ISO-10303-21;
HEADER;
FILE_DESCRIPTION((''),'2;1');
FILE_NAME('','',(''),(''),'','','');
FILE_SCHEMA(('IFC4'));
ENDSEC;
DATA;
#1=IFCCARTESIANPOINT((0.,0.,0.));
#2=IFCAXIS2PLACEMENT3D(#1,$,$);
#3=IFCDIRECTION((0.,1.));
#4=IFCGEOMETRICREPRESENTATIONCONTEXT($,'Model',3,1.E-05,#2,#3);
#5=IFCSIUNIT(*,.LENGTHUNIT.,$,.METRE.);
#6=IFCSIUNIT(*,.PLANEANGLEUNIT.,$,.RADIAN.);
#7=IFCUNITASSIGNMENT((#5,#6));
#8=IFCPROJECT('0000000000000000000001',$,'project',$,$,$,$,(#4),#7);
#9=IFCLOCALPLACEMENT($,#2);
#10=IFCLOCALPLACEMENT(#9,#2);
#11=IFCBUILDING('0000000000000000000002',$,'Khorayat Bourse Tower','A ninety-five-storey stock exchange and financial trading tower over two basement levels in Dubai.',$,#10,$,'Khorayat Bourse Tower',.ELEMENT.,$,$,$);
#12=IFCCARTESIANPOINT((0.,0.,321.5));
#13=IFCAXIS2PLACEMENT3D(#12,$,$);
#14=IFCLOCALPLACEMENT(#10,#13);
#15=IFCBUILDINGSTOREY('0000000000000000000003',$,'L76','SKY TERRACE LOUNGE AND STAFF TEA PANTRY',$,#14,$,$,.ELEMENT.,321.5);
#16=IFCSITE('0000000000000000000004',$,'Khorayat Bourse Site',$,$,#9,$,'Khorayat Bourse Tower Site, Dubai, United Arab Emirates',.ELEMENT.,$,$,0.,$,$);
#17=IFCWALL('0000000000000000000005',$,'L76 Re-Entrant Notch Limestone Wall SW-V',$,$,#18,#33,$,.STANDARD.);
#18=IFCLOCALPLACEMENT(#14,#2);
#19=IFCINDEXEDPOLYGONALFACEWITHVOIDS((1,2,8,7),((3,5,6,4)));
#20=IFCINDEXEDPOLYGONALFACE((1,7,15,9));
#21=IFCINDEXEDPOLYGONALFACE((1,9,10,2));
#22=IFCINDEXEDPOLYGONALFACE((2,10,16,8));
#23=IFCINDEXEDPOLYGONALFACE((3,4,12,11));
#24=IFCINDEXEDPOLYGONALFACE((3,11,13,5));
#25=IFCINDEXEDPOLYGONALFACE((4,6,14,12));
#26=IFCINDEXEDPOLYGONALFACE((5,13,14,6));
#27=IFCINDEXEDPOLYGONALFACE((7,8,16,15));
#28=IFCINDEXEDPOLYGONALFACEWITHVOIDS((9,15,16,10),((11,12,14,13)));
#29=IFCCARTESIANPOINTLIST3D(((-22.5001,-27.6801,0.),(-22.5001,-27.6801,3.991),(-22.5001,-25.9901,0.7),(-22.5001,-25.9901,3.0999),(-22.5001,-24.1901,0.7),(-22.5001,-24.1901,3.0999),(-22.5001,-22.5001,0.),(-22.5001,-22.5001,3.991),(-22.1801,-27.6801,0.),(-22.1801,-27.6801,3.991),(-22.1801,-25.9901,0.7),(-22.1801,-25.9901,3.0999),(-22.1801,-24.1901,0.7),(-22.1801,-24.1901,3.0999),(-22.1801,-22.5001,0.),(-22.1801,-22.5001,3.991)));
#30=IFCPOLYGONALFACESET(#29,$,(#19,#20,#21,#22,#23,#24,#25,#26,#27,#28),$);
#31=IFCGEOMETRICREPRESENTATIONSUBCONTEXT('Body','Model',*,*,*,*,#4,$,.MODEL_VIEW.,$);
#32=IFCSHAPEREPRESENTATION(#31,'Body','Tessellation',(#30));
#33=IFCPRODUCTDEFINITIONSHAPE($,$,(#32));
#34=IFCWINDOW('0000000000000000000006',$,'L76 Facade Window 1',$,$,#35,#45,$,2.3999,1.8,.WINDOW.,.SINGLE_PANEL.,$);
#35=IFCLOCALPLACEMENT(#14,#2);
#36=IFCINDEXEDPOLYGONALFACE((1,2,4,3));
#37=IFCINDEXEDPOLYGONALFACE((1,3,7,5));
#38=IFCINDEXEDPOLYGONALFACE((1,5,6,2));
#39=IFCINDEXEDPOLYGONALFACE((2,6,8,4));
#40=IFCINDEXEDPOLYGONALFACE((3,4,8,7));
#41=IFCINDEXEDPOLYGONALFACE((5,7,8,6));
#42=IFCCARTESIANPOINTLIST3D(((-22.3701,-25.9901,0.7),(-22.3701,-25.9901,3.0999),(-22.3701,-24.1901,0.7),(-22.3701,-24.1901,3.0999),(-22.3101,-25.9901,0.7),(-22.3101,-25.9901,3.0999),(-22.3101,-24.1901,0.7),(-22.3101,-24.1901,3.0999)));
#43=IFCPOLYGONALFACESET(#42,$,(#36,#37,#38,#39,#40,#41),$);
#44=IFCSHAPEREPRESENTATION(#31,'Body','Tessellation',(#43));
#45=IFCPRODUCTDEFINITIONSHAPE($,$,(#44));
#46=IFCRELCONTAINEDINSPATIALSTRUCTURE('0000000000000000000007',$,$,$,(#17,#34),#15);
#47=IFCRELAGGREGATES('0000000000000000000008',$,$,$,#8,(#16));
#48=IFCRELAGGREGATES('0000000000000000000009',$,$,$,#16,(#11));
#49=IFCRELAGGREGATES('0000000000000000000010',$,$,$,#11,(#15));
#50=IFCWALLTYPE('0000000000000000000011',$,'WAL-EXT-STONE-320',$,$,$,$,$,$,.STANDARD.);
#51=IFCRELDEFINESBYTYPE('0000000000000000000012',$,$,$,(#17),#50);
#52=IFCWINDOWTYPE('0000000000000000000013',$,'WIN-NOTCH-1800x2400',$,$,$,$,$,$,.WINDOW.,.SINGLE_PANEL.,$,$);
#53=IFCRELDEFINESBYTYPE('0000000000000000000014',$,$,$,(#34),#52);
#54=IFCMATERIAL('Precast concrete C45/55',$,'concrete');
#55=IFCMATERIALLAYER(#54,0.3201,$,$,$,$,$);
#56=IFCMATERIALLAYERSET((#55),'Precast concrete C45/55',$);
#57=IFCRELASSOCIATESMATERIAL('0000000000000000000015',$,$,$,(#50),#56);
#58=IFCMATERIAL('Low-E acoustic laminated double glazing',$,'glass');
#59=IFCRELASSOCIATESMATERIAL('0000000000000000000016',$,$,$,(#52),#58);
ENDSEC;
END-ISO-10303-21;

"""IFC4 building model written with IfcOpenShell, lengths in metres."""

from ifc_helpers import new_model, si_unit, direction, frame, frame_2d, origin, place, context, subcontext, project, spatial, rectangle, extrude, source, transform, mapped, material, layer, layer_set, type_object, element, fill, save


model = new_model("IFC4")

# Units and contexts
model_context = context("Model", 3, precision=1e-05, world=origin(), true_north=direction((0.0, 1.0)))
body_context = subcontext(model_context, "Body", "Model", "MODEL_VIEW")
ifc_project = project(units=[si_unit("LENGTHUNIT", "METRE"), si_unit("PLANEANGLEUNIT", "RADIAN")], contexts=[model_context])

# Site, building, storey
site_placement = place(None, origin())
site = spatial("IfcSite", under=ifc_project, at=site_placement, Name="Khorayat Bourse Site", LongName="Khorayat Bourse Tower Site, Dubai, United Arab Emirates", CompositionType="ELEMENT", RefElevation=0.0)
building_placement = place(site_placement, origin())
building = spatial("IfcBuilding", under=site, at=building_placement, Name="Khorayat Bourse Tower", Description="A ninety-five-storey stock exchange and financial trading tower over two basement levels in Dubai.", LongName="Khorayat Bourse Tower", CompositionType="ELEMENT")
storey_placement = place(building_placement, frame((0.0, 0.0, 321.5)))
storey = spatial("IfcBuildingStorey", under=building, at=storey_placement, Name="L76", Description="SKY TERRACE LOUNGE AND STAFF TEA PANTRY", CompositionType="ELEMENT", Elevation=321.5)

# Wall, opening, window
ifc_material_1 = material(Name="Precast concrete C45/55", Category="concrete")
ifc_layer_1 = layer(ifc_material_1, 0.3201)
ifc_layer_set_1 = layer_set([ifc_layer_1], Name="Precast concrete C45/55")
wall_type = type_object("IfcWallType", Name="WAL-EXT-STONE-320", PredefinedType="STANDARD", material=ifc_layer_set_1)
shared_shape_1 = source(origin(), body_context, "Body", "SweptSolid", [
    extrude(rectangle(XDim=5.1799, YDim=0.3201, at=frame_2d((2.5898, 0.0))), origin(), (0.0, 0.0, 1.0), 3.991),
])
shared_shape_2 = source(origin(), body_context, "Body", "SweptSolid", [
    extrude(rectangle(XDim=1.8, YDim=2.3999, at=frame_2d((0.8999, 1.2))), frame((0.0, 0.1699, 0.0), z_axis=(0.0, -1.0, 0.0), x_axis=(1.0, 0.0, 0.0)), (0.0, 0.0, 1.0), 0.3401),
])
ifc_material_2 = material(Name="Low-E acoustic laminated double glazing", Category="glass")
window_type = type_object("IfcWindowType", Name="WIN-NOTCH-1800x2400", PartitioningType="SINGLE_PANEL", PredefinedType="WINDOW", material=ifc_material_2)
shared_shape_3 = source(origin(), body_context, "Body", "SweptSolid", [
    extrude(rectangle(XDim=1.8, YDim=2.3999, at=frame_2d((0.8999, 1.2))), frame((0.0, 0.03, 0.0), z_axis=(0.0, -1.0, 0.0), x_axis=(1.0, 0.0, 0.0)), (0.0, 0.0, 1.0), 0.0601),
])
wall_1_placement = place(storey_placement, frame((-22.3401, -27.6799, 0.0), z_axis=(0.0, 0.0, 1.0), x_axis=(0.0, 1.0, 0.0)))
wall_1 = element("IfcWall", 1, at=wall_1_placement, inside=storey, type_object=wall_type, Name="L76 Re-Entrant Notch Limestone Wall SW-V", PredefinedType="STANDARD", context=body_context, shape_type="MappedRepresentation", body=[
    mapped(shared_shape_1, transform((0.0, 0.0, 0.0), scale=1.0)),
])
opening_1_placement = place(wall_1_placement, frame((1.6899, 0.0, 0.7)))
opening_1 = element("IfcOpeningElement", 2, at=opening_1_placement, cuts=wall_1, PredefinedType="OPENING", context=body_context, shape_type="MappedRepresentation", body=[
    mapped(shared_shape_2, transform((0.0, 0.0, 0.0), scale=1.0)),
])
window_1_placement = place(opening_1_placement, origin())
window_1 = element("IfcWindow", 3, at=window_1_placement, inside=storey, type_object=window_type, Name="L76 Facade Window 1", OverallHeight=2.3999, OverallWidth=1.8, PartitioningType="SINGLE_PANEL", PredefinedType="WINDOW", context=body_context, shape_type="MappedRepresentation", body=[
    mapped(shared_shape_3, transform((0.0, 0.0, 0.0), scale=1.0)),
])
fill(opening_1, window_1)

save(model, "model.ifc")
